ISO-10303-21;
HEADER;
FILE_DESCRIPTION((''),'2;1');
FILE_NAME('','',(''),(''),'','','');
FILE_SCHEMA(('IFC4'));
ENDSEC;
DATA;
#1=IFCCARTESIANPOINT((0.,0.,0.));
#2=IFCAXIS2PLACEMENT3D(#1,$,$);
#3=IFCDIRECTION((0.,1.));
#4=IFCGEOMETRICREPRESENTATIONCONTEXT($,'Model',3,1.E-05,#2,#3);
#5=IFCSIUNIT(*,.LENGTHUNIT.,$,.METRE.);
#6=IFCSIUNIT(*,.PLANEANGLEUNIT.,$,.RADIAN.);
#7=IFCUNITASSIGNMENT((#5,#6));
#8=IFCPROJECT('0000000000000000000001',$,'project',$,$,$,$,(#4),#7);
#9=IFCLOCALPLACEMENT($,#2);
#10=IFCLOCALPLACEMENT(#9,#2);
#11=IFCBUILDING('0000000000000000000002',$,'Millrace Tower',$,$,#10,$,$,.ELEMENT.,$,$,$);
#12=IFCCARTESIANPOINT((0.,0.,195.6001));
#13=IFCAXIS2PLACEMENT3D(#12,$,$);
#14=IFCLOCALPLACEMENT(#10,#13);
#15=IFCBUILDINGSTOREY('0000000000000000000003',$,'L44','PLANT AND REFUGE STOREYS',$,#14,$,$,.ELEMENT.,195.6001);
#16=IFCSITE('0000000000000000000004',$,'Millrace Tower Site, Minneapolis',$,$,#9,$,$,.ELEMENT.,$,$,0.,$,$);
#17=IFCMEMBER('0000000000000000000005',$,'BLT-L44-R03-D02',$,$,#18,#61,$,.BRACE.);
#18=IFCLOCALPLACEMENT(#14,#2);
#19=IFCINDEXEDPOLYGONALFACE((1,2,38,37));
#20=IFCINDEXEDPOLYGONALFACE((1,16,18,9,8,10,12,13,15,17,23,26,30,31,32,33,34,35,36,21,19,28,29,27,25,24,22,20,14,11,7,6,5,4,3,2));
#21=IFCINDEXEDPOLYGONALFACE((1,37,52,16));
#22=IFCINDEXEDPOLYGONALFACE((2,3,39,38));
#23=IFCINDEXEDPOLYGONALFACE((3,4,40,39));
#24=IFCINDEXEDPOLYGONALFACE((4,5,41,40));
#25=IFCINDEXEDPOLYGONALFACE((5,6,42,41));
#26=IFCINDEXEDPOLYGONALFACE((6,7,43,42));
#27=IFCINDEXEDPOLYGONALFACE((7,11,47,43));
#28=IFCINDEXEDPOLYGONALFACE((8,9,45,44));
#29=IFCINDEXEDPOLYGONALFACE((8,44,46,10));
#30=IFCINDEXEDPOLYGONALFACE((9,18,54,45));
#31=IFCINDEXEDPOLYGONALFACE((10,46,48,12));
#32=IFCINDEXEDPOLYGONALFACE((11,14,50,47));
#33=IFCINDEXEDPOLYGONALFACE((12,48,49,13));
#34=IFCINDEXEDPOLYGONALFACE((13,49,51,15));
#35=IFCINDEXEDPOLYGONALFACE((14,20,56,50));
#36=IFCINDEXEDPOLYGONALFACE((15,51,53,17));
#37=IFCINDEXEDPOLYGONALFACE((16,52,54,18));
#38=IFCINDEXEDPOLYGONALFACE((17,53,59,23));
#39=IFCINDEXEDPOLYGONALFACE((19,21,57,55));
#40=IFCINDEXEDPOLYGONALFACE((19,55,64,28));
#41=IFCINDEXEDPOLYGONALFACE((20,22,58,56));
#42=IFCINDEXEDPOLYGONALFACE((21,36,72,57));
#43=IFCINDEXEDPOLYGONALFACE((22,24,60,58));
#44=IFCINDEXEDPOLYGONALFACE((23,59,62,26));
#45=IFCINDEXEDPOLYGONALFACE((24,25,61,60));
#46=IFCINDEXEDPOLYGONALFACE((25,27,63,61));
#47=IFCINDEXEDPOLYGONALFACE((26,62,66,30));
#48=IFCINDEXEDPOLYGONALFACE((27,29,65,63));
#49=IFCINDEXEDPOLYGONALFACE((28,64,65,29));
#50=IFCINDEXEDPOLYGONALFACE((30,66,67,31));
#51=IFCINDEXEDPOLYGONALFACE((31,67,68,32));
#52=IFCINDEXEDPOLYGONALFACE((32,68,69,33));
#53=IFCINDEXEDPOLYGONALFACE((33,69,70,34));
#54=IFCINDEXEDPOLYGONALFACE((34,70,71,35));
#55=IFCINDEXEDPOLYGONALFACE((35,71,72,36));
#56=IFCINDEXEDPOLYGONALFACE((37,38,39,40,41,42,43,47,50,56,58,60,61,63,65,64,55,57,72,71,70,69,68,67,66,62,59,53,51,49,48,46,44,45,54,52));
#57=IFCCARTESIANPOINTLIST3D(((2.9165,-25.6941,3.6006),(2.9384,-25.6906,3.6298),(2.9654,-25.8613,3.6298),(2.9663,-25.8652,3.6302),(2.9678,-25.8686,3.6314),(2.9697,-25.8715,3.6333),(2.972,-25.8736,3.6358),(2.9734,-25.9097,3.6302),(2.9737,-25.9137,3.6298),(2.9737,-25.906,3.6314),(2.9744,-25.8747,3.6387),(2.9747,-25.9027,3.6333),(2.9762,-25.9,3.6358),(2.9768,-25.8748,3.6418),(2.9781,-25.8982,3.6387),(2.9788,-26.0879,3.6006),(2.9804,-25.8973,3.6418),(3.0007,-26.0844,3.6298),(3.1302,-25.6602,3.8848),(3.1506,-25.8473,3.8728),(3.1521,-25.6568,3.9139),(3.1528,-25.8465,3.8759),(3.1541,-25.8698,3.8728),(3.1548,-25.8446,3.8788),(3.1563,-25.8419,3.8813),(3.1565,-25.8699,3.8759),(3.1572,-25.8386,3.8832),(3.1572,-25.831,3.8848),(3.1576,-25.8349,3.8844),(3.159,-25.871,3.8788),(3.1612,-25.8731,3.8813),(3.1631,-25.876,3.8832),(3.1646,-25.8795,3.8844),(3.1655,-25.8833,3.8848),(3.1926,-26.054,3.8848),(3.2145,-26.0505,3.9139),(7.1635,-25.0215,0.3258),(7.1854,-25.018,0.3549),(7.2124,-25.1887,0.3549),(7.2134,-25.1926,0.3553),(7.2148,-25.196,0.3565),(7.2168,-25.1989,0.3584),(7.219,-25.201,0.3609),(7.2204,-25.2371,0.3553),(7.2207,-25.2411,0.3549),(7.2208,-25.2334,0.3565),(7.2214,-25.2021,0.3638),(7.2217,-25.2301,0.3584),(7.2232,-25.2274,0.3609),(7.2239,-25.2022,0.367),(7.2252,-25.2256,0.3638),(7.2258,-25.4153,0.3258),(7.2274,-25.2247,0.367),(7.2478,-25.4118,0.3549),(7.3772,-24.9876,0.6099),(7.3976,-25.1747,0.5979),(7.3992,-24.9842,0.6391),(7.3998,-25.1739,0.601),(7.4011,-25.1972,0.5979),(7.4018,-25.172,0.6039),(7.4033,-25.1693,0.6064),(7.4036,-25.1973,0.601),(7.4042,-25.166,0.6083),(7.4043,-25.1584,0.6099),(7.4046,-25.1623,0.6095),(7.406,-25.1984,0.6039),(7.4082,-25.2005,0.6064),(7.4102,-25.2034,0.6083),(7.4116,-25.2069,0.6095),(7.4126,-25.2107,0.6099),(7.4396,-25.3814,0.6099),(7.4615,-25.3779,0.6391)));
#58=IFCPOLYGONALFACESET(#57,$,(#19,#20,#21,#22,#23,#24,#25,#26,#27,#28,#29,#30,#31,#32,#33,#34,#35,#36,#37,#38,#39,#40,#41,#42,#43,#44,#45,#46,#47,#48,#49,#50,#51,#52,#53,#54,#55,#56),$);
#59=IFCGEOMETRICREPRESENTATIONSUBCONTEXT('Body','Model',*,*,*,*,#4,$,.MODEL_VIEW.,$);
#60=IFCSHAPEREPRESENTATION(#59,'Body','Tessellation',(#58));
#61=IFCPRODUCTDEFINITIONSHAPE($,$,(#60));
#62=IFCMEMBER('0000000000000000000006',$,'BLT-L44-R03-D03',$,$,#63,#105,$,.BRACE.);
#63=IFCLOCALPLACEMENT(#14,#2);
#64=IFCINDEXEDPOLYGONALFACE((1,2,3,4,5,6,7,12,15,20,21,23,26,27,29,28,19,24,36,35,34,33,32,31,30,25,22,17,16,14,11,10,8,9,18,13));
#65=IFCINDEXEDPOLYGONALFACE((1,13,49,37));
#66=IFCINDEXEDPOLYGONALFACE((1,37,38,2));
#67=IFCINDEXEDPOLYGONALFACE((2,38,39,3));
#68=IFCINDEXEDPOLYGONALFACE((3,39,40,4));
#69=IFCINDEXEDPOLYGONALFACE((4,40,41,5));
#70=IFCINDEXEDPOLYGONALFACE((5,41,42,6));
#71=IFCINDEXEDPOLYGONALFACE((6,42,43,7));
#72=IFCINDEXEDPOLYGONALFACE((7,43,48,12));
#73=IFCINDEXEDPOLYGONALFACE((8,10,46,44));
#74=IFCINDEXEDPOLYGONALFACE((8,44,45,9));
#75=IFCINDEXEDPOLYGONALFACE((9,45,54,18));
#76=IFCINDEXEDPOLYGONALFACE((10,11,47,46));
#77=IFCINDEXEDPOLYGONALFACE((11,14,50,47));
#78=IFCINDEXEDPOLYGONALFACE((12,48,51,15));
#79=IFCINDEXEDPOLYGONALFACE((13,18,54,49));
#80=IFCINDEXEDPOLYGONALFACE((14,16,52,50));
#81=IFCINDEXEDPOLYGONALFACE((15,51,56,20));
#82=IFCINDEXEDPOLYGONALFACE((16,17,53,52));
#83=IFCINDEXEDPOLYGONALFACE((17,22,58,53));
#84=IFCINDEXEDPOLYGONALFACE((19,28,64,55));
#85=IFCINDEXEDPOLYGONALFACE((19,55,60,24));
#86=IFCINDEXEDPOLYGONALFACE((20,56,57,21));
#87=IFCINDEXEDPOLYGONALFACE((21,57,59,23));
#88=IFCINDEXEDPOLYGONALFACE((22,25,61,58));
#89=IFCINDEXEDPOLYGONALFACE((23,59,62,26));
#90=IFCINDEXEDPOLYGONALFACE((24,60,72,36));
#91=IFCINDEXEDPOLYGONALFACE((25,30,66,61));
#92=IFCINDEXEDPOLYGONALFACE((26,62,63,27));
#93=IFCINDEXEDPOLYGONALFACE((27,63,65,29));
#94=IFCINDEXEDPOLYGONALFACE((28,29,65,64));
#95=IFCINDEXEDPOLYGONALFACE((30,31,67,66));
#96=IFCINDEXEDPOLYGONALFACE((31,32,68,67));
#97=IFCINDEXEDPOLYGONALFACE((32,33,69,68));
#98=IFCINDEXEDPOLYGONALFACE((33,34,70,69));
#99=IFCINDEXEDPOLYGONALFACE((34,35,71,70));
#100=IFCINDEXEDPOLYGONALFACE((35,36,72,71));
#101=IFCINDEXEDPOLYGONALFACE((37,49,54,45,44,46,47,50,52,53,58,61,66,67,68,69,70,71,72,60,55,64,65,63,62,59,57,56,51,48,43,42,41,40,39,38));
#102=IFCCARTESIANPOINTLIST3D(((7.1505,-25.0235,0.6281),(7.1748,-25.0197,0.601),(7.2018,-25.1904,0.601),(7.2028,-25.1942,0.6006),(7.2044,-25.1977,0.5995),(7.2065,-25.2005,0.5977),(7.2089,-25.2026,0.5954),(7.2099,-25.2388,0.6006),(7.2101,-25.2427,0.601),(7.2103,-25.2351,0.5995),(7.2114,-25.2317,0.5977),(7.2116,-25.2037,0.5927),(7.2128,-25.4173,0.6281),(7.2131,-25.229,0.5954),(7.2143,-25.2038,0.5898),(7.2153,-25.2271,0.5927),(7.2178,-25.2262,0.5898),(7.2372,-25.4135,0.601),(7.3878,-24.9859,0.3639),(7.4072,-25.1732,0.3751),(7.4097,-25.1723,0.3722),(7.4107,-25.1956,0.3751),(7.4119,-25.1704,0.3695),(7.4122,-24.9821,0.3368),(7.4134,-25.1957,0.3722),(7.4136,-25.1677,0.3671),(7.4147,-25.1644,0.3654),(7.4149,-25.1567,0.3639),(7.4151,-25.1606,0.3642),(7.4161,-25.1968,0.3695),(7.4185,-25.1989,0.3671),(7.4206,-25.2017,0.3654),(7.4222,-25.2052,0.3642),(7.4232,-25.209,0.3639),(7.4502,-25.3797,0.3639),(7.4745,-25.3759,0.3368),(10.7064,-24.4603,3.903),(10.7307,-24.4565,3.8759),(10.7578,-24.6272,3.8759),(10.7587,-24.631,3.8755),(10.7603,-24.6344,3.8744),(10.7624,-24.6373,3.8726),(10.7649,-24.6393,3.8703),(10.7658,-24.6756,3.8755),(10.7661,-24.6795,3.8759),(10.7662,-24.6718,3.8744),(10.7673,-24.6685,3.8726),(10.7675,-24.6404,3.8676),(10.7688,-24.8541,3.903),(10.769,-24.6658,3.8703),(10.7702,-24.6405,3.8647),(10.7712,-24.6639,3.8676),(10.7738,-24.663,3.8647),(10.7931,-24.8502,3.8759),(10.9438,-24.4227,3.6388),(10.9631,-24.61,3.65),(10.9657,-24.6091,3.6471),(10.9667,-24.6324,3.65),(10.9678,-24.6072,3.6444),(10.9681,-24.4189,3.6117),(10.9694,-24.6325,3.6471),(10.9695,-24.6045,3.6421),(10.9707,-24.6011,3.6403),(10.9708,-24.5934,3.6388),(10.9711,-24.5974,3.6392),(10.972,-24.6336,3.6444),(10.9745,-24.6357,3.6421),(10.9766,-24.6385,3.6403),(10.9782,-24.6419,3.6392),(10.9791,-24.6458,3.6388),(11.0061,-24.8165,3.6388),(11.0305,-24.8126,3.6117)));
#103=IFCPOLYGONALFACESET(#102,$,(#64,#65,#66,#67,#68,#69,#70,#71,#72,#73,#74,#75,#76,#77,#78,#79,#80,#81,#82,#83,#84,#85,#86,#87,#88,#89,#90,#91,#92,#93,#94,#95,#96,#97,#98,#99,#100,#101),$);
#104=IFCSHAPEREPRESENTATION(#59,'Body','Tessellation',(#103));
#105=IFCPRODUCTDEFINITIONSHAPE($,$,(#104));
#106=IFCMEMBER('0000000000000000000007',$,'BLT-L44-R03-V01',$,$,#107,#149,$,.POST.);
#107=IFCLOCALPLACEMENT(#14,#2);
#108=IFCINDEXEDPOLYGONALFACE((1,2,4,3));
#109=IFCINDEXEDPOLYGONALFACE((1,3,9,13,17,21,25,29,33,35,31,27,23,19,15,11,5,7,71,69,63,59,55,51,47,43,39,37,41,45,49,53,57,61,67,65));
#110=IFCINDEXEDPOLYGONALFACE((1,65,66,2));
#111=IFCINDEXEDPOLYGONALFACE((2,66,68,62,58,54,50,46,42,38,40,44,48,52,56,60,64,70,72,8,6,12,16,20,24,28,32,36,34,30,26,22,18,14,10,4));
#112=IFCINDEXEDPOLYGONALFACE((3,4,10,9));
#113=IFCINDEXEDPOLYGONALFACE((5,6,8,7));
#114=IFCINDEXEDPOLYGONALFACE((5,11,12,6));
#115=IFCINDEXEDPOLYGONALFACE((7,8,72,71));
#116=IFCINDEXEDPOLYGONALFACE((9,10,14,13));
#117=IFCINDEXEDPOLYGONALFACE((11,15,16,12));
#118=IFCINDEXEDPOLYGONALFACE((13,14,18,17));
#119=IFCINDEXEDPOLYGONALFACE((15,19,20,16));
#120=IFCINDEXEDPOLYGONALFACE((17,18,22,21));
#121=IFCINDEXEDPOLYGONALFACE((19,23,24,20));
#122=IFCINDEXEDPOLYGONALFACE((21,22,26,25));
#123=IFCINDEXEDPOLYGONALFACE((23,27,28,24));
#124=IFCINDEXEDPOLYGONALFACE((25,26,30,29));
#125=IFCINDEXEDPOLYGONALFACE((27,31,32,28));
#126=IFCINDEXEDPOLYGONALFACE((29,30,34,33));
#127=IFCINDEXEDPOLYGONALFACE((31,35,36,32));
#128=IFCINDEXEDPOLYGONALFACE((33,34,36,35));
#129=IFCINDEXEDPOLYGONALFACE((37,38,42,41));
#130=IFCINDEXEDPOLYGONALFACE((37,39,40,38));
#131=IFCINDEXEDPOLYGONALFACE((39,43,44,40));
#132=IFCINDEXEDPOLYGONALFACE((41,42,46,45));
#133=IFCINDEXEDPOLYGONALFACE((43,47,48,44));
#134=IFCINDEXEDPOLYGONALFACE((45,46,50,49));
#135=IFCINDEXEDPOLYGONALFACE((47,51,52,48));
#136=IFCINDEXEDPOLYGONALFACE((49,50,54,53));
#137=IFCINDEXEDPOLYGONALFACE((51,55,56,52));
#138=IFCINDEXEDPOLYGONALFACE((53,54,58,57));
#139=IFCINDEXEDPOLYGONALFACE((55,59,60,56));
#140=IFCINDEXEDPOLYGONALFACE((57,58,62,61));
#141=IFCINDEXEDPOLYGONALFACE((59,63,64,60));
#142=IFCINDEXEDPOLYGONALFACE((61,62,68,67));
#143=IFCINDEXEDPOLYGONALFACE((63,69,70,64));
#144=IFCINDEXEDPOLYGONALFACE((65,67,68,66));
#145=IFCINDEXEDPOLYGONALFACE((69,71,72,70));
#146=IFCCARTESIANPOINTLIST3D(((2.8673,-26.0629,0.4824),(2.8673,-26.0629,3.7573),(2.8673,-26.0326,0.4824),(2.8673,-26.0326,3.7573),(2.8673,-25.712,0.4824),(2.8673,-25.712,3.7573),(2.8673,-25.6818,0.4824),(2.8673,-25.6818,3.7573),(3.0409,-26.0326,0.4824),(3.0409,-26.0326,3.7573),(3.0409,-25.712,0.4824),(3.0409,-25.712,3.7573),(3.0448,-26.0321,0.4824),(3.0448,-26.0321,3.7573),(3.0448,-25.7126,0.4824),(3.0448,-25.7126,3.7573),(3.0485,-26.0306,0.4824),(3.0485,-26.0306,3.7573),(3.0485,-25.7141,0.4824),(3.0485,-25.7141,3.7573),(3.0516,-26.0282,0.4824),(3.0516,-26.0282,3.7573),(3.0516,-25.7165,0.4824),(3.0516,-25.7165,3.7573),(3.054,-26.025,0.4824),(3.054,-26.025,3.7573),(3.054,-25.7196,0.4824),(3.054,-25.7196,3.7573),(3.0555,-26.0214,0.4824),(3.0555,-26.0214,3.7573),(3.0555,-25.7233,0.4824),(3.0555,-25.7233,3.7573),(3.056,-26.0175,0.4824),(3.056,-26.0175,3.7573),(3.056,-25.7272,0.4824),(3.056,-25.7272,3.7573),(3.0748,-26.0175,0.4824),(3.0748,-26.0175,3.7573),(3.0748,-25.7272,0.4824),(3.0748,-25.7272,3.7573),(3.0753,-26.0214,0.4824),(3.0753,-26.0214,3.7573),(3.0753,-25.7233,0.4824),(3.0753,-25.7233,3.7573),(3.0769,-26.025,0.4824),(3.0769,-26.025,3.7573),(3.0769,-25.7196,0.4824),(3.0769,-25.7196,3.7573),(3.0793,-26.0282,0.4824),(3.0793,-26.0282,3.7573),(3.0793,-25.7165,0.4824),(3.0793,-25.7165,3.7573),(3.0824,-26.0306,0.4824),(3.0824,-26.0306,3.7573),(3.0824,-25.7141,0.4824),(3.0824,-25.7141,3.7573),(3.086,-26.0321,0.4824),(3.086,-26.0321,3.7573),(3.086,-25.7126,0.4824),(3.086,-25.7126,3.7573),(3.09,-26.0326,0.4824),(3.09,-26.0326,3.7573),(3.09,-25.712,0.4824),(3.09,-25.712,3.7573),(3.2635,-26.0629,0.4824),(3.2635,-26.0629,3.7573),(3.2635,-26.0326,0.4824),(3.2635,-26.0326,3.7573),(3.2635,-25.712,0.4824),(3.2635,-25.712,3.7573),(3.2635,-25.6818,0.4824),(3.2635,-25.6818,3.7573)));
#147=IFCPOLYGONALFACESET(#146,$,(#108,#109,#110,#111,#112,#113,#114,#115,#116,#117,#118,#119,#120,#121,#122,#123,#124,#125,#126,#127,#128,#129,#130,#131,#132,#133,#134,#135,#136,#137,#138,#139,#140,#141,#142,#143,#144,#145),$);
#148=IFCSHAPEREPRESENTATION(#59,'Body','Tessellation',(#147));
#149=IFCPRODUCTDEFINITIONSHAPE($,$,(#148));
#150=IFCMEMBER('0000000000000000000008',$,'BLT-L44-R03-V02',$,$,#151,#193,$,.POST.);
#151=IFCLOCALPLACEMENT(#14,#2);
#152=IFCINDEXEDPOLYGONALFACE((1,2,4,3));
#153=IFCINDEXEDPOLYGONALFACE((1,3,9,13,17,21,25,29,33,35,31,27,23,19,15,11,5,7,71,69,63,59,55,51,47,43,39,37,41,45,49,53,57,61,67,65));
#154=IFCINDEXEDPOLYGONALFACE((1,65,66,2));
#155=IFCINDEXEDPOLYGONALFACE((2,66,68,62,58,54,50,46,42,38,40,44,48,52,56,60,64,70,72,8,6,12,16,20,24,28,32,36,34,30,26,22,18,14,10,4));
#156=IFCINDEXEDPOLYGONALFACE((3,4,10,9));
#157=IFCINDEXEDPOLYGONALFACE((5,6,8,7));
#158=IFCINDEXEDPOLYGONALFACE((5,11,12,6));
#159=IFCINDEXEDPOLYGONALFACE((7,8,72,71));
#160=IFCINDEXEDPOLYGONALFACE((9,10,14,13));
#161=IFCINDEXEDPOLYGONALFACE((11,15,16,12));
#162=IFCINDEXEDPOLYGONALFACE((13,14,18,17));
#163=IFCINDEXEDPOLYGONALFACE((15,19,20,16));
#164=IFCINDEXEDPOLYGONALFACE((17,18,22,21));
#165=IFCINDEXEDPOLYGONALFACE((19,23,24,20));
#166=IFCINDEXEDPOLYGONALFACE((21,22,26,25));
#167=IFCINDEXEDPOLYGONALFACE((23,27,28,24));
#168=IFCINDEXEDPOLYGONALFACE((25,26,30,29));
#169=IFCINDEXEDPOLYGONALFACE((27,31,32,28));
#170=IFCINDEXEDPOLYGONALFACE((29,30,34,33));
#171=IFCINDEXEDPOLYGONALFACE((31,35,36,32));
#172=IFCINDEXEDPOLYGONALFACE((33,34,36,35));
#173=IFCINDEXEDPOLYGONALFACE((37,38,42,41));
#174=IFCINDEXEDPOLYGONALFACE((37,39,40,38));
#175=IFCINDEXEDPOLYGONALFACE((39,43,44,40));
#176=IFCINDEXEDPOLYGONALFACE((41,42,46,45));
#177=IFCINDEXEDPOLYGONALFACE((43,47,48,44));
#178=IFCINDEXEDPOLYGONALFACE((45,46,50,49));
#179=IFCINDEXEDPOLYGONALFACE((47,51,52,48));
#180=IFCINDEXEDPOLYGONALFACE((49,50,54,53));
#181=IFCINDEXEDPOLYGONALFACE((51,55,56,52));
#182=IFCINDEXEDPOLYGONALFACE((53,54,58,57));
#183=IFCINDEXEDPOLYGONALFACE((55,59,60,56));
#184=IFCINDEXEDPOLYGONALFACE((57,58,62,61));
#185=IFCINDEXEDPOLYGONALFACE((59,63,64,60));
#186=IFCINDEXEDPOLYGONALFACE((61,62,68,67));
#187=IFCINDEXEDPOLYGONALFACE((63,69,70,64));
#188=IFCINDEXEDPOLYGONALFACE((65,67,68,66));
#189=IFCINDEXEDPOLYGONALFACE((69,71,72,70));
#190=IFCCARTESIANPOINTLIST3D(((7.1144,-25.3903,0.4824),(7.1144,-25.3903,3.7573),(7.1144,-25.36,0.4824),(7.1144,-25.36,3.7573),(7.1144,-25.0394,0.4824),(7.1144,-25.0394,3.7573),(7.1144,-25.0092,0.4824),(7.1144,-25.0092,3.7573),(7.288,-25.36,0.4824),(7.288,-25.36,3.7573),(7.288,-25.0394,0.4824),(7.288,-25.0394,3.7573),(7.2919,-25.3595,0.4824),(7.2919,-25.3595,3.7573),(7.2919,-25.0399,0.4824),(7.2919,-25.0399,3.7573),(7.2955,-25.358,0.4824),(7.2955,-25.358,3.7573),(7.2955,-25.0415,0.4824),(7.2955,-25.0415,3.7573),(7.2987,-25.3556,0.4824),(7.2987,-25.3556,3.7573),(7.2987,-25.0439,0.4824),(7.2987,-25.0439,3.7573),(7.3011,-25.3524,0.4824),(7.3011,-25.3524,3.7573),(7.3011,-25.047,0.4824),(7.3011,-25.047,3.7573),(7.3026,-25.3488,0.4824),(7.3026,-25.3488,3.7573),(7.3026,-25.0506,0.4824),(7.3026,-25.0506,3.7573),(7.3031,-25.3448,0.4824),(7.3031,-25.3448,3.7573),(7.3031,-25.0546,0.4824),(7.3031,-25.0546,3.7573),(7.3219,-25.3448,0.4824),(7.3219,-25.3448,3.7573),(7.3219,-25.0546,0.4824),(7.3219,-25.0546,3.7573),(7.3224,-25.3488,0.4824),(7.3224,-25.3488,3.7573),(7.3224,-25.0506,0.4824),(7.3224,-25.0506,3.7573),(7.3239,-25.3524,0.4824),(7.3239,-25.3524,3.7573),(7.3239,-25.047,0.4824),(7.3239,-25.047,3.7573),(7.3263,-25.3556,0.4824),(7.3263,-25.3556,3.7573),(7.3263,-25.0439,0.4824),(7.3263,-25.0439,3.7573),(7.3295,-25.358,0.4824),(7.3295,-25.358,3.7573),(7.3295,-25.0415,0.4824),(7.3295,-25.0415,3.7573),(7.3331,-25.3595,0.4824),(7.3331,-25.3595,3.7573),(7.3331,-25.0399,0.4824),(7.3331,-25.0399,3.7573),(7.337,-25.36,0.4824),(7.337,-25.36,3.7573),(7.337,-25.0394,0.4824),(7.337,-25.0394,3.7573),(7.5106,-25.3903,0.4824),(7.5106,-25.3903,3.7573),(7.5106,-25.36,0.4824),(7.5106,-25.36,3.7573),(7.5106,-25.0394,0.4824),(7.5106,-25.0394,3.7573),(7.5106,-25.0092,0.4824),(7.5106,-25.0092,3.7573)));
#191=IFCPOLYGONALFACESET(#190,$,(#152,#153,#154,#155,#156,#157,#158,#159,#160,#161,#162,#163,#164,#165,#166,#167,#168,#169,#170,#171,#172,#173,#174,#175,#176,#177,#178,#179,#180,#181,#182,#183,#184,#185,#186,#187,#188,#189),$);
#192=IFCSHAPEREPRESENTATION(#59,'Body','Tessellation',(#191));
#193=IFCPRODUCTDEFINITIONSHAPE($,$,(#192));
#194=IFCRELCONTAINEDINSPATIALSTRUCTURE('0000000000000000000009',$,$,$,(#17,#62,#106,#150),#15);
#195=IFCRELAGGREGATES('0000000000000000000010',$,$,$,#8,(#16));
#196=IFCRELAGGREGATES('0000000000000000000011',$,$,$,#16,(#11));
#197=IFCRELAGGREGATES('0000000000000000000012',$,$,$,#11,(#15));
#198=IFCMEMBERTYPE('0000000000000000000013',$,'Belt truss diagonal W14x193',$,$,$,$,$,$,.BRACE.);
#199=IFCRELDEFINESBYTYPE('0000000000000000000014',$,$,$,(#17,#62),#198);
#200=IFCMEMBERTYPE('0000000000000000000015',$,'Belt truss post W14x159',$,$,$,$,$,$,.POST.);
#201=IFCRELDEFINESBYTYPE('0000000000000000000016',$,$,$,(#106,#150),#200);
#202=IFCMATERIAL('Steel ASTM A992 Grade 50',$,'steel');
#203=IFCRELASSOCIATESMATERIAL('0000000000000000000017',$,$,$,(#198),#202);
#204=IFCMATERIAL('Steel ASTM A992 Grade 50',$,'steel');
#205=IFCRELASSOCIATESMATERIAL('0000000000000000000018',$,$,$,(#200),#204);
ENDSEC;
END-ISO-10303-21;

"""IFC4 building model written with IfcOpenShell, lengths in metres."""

from ifc_helpers import new_model, si_unit, direction, frame, origin, origin_2d, place, context, subcontext, project, spatial, i_section, extrude, material, material_profile, profile_set, type_object, element, save


model = new_model("IFC4")

# Units and contexts
model_context = context("Model", 3, precision=1e-05, world=origin(), true_north=direction((0.0, 1.0)))
body_context = subcontext(model_context, "Body", "Model", "MODEL_VIEW")
ifc_project = project(units=[si_unit("LENGTHUNIT", "METRE"), si_unit("PLANEANGLEUNIT", "RADIAN")], contexts=[model_context])

# Site, building, storey
site_placement = place(None, origin())
site = spatial("IfcSite", under=ifc_project, at=site_placement, Name="Millrace Tower Site, Minneapolis", CompositionType="ELEMENT", RefElevation=0.0)
building_placement = place(site_placement, origin())
building = spatial("IfcBuilding", under=site, at=building_placement, Name="Millrace Tower", CompositionType="ELEMENT")
storey_placement = place(building_placement, frame((0.0, 0.0, 195.6001)))
storey = spatial("IfcBuildingStorey", under=building, at=storey_placement, Name="L44", Description="PLANT AND REFUGE STOREYS", CompositionType="ELEMENT", Elevation=195.6001)

# Members
ifc_material_1 = material(Name="Steel ASTM A992 Grade 50", Category="steel")
ifc_material_profile_1 = material_profile(ifc_material_1, i_section(OverallWidth=0.3987, OverallDepth=0.3938, WebThickness=0.0227, FlangeThickness=0.0366, FilletRadius=0.0151, at=origin_2d()))
ifc_profile_set_1 = profile_set([ifc_material_profile_1], Name="Steel ASTM A992 Grade 50")
member_type_1 = type_object("IfcMemberType", Name="Belt truss diagonal W14x193", PredefinedType="BRACE", material=ifc_profile_set_1)
member_1_placement = place(storey_placement, frame((7.3125, -25.1997, 0.4824), z_axis=(-0.785754, -0.12444, 0.605892), x_axis=(0.15642, -0.987691, 0.0)))
element("IfcMember", 1, at=member_1_placement, inside=storey, type_object=member_type_1, Name="BLT-L44-R03-D02", PredefinedType="BRACE", context=body_context, shape_type="SweptSolid", body=[
    extrude(i_section(OverallWidth=0.3987, OverallDepth=0.3938, WebThickness=0.0227, FlangeThickness=0.0366, FilletRadius=0.0151, at=origin_2d()), origin(), (0.0, 0.0, 1.0), 5.405),
])
member_2_placement = place(storey_placement, frame((7.3125, -25.1997, 0.4824), z_axis=(0.730631, 0.115727, 0.672893), x_axis=(-0.156443, 0.987687, 0.0)))
element("IfcMember", 2, at=member_2_placement, inside=storey, type_object=member_type_1, Name="BLT-L44-R03-D03", PredefinedType="BRACE", context=body_context, shape_type="SweptSolid", body=[
    extrude(i_section(OverallWidth=0.3987, OverallDepth=0.3938, WebThickness=0.0227, FlangeThickness=0.0366, FilletRadius=0.0151, at=origin_2d()), origin(), (0.0, 0.0, 1.0), 4.8669),
])
ifc_material_2 = material(Name="Steel ASTM A992 Grade 50", Category="steel")
ifc_material_profile_2 = material_profile(ifc_material_2, i_section(OverallWidth=0.3962, OverallDepth=0.3811, WebThickness=0.0188, FlangeThickness=0.0303, FilletRadius=0.0151, at=origin_2d()))
ifc_profile_set_2 = profile_set([ifc_material_profile_2], Name="Steel ASTM A992 Grade 50")
member_type_2 = type_object("IfcMemberType", Name="Belt truss post W14x159", PredefinedType="POST", material=ifc_profile_set_2)
for number, where, z_axis, x_axis, name in (
    (3, (3.0654, -25.8723, 0.4824), (0.0, 0.0, 1.0), (1.0, 0.0, 0.0), "BLT-L44-R03-V01"),
    (4, (7.3125, -25.1997, 0.4824), (0.0, 0.0, 1.0), (1.0, 0.0, 0.0), "BLT-L44-R03-V02"),
):
    element("IfcMember", number, at=place(storey_placement, frame(where, z_axis=z_axis, x_axis=x_axis)), inside=storey, type_object=member_type_2, Name=name, PredefinedType="POST", context=body_context, shape_type="SweptSolid", body=[
        extrude(i_section(OverallWidth=0.3962, OverallDepth=0.3811, WebThickness=0.0188, FlangeThickness=0.0303, FilletRadius=0.0151, at=origin_2d()), origin(), (0.0, 0.0, 1.0), 3.2749),
    ])

save(model, "model.ifc")
